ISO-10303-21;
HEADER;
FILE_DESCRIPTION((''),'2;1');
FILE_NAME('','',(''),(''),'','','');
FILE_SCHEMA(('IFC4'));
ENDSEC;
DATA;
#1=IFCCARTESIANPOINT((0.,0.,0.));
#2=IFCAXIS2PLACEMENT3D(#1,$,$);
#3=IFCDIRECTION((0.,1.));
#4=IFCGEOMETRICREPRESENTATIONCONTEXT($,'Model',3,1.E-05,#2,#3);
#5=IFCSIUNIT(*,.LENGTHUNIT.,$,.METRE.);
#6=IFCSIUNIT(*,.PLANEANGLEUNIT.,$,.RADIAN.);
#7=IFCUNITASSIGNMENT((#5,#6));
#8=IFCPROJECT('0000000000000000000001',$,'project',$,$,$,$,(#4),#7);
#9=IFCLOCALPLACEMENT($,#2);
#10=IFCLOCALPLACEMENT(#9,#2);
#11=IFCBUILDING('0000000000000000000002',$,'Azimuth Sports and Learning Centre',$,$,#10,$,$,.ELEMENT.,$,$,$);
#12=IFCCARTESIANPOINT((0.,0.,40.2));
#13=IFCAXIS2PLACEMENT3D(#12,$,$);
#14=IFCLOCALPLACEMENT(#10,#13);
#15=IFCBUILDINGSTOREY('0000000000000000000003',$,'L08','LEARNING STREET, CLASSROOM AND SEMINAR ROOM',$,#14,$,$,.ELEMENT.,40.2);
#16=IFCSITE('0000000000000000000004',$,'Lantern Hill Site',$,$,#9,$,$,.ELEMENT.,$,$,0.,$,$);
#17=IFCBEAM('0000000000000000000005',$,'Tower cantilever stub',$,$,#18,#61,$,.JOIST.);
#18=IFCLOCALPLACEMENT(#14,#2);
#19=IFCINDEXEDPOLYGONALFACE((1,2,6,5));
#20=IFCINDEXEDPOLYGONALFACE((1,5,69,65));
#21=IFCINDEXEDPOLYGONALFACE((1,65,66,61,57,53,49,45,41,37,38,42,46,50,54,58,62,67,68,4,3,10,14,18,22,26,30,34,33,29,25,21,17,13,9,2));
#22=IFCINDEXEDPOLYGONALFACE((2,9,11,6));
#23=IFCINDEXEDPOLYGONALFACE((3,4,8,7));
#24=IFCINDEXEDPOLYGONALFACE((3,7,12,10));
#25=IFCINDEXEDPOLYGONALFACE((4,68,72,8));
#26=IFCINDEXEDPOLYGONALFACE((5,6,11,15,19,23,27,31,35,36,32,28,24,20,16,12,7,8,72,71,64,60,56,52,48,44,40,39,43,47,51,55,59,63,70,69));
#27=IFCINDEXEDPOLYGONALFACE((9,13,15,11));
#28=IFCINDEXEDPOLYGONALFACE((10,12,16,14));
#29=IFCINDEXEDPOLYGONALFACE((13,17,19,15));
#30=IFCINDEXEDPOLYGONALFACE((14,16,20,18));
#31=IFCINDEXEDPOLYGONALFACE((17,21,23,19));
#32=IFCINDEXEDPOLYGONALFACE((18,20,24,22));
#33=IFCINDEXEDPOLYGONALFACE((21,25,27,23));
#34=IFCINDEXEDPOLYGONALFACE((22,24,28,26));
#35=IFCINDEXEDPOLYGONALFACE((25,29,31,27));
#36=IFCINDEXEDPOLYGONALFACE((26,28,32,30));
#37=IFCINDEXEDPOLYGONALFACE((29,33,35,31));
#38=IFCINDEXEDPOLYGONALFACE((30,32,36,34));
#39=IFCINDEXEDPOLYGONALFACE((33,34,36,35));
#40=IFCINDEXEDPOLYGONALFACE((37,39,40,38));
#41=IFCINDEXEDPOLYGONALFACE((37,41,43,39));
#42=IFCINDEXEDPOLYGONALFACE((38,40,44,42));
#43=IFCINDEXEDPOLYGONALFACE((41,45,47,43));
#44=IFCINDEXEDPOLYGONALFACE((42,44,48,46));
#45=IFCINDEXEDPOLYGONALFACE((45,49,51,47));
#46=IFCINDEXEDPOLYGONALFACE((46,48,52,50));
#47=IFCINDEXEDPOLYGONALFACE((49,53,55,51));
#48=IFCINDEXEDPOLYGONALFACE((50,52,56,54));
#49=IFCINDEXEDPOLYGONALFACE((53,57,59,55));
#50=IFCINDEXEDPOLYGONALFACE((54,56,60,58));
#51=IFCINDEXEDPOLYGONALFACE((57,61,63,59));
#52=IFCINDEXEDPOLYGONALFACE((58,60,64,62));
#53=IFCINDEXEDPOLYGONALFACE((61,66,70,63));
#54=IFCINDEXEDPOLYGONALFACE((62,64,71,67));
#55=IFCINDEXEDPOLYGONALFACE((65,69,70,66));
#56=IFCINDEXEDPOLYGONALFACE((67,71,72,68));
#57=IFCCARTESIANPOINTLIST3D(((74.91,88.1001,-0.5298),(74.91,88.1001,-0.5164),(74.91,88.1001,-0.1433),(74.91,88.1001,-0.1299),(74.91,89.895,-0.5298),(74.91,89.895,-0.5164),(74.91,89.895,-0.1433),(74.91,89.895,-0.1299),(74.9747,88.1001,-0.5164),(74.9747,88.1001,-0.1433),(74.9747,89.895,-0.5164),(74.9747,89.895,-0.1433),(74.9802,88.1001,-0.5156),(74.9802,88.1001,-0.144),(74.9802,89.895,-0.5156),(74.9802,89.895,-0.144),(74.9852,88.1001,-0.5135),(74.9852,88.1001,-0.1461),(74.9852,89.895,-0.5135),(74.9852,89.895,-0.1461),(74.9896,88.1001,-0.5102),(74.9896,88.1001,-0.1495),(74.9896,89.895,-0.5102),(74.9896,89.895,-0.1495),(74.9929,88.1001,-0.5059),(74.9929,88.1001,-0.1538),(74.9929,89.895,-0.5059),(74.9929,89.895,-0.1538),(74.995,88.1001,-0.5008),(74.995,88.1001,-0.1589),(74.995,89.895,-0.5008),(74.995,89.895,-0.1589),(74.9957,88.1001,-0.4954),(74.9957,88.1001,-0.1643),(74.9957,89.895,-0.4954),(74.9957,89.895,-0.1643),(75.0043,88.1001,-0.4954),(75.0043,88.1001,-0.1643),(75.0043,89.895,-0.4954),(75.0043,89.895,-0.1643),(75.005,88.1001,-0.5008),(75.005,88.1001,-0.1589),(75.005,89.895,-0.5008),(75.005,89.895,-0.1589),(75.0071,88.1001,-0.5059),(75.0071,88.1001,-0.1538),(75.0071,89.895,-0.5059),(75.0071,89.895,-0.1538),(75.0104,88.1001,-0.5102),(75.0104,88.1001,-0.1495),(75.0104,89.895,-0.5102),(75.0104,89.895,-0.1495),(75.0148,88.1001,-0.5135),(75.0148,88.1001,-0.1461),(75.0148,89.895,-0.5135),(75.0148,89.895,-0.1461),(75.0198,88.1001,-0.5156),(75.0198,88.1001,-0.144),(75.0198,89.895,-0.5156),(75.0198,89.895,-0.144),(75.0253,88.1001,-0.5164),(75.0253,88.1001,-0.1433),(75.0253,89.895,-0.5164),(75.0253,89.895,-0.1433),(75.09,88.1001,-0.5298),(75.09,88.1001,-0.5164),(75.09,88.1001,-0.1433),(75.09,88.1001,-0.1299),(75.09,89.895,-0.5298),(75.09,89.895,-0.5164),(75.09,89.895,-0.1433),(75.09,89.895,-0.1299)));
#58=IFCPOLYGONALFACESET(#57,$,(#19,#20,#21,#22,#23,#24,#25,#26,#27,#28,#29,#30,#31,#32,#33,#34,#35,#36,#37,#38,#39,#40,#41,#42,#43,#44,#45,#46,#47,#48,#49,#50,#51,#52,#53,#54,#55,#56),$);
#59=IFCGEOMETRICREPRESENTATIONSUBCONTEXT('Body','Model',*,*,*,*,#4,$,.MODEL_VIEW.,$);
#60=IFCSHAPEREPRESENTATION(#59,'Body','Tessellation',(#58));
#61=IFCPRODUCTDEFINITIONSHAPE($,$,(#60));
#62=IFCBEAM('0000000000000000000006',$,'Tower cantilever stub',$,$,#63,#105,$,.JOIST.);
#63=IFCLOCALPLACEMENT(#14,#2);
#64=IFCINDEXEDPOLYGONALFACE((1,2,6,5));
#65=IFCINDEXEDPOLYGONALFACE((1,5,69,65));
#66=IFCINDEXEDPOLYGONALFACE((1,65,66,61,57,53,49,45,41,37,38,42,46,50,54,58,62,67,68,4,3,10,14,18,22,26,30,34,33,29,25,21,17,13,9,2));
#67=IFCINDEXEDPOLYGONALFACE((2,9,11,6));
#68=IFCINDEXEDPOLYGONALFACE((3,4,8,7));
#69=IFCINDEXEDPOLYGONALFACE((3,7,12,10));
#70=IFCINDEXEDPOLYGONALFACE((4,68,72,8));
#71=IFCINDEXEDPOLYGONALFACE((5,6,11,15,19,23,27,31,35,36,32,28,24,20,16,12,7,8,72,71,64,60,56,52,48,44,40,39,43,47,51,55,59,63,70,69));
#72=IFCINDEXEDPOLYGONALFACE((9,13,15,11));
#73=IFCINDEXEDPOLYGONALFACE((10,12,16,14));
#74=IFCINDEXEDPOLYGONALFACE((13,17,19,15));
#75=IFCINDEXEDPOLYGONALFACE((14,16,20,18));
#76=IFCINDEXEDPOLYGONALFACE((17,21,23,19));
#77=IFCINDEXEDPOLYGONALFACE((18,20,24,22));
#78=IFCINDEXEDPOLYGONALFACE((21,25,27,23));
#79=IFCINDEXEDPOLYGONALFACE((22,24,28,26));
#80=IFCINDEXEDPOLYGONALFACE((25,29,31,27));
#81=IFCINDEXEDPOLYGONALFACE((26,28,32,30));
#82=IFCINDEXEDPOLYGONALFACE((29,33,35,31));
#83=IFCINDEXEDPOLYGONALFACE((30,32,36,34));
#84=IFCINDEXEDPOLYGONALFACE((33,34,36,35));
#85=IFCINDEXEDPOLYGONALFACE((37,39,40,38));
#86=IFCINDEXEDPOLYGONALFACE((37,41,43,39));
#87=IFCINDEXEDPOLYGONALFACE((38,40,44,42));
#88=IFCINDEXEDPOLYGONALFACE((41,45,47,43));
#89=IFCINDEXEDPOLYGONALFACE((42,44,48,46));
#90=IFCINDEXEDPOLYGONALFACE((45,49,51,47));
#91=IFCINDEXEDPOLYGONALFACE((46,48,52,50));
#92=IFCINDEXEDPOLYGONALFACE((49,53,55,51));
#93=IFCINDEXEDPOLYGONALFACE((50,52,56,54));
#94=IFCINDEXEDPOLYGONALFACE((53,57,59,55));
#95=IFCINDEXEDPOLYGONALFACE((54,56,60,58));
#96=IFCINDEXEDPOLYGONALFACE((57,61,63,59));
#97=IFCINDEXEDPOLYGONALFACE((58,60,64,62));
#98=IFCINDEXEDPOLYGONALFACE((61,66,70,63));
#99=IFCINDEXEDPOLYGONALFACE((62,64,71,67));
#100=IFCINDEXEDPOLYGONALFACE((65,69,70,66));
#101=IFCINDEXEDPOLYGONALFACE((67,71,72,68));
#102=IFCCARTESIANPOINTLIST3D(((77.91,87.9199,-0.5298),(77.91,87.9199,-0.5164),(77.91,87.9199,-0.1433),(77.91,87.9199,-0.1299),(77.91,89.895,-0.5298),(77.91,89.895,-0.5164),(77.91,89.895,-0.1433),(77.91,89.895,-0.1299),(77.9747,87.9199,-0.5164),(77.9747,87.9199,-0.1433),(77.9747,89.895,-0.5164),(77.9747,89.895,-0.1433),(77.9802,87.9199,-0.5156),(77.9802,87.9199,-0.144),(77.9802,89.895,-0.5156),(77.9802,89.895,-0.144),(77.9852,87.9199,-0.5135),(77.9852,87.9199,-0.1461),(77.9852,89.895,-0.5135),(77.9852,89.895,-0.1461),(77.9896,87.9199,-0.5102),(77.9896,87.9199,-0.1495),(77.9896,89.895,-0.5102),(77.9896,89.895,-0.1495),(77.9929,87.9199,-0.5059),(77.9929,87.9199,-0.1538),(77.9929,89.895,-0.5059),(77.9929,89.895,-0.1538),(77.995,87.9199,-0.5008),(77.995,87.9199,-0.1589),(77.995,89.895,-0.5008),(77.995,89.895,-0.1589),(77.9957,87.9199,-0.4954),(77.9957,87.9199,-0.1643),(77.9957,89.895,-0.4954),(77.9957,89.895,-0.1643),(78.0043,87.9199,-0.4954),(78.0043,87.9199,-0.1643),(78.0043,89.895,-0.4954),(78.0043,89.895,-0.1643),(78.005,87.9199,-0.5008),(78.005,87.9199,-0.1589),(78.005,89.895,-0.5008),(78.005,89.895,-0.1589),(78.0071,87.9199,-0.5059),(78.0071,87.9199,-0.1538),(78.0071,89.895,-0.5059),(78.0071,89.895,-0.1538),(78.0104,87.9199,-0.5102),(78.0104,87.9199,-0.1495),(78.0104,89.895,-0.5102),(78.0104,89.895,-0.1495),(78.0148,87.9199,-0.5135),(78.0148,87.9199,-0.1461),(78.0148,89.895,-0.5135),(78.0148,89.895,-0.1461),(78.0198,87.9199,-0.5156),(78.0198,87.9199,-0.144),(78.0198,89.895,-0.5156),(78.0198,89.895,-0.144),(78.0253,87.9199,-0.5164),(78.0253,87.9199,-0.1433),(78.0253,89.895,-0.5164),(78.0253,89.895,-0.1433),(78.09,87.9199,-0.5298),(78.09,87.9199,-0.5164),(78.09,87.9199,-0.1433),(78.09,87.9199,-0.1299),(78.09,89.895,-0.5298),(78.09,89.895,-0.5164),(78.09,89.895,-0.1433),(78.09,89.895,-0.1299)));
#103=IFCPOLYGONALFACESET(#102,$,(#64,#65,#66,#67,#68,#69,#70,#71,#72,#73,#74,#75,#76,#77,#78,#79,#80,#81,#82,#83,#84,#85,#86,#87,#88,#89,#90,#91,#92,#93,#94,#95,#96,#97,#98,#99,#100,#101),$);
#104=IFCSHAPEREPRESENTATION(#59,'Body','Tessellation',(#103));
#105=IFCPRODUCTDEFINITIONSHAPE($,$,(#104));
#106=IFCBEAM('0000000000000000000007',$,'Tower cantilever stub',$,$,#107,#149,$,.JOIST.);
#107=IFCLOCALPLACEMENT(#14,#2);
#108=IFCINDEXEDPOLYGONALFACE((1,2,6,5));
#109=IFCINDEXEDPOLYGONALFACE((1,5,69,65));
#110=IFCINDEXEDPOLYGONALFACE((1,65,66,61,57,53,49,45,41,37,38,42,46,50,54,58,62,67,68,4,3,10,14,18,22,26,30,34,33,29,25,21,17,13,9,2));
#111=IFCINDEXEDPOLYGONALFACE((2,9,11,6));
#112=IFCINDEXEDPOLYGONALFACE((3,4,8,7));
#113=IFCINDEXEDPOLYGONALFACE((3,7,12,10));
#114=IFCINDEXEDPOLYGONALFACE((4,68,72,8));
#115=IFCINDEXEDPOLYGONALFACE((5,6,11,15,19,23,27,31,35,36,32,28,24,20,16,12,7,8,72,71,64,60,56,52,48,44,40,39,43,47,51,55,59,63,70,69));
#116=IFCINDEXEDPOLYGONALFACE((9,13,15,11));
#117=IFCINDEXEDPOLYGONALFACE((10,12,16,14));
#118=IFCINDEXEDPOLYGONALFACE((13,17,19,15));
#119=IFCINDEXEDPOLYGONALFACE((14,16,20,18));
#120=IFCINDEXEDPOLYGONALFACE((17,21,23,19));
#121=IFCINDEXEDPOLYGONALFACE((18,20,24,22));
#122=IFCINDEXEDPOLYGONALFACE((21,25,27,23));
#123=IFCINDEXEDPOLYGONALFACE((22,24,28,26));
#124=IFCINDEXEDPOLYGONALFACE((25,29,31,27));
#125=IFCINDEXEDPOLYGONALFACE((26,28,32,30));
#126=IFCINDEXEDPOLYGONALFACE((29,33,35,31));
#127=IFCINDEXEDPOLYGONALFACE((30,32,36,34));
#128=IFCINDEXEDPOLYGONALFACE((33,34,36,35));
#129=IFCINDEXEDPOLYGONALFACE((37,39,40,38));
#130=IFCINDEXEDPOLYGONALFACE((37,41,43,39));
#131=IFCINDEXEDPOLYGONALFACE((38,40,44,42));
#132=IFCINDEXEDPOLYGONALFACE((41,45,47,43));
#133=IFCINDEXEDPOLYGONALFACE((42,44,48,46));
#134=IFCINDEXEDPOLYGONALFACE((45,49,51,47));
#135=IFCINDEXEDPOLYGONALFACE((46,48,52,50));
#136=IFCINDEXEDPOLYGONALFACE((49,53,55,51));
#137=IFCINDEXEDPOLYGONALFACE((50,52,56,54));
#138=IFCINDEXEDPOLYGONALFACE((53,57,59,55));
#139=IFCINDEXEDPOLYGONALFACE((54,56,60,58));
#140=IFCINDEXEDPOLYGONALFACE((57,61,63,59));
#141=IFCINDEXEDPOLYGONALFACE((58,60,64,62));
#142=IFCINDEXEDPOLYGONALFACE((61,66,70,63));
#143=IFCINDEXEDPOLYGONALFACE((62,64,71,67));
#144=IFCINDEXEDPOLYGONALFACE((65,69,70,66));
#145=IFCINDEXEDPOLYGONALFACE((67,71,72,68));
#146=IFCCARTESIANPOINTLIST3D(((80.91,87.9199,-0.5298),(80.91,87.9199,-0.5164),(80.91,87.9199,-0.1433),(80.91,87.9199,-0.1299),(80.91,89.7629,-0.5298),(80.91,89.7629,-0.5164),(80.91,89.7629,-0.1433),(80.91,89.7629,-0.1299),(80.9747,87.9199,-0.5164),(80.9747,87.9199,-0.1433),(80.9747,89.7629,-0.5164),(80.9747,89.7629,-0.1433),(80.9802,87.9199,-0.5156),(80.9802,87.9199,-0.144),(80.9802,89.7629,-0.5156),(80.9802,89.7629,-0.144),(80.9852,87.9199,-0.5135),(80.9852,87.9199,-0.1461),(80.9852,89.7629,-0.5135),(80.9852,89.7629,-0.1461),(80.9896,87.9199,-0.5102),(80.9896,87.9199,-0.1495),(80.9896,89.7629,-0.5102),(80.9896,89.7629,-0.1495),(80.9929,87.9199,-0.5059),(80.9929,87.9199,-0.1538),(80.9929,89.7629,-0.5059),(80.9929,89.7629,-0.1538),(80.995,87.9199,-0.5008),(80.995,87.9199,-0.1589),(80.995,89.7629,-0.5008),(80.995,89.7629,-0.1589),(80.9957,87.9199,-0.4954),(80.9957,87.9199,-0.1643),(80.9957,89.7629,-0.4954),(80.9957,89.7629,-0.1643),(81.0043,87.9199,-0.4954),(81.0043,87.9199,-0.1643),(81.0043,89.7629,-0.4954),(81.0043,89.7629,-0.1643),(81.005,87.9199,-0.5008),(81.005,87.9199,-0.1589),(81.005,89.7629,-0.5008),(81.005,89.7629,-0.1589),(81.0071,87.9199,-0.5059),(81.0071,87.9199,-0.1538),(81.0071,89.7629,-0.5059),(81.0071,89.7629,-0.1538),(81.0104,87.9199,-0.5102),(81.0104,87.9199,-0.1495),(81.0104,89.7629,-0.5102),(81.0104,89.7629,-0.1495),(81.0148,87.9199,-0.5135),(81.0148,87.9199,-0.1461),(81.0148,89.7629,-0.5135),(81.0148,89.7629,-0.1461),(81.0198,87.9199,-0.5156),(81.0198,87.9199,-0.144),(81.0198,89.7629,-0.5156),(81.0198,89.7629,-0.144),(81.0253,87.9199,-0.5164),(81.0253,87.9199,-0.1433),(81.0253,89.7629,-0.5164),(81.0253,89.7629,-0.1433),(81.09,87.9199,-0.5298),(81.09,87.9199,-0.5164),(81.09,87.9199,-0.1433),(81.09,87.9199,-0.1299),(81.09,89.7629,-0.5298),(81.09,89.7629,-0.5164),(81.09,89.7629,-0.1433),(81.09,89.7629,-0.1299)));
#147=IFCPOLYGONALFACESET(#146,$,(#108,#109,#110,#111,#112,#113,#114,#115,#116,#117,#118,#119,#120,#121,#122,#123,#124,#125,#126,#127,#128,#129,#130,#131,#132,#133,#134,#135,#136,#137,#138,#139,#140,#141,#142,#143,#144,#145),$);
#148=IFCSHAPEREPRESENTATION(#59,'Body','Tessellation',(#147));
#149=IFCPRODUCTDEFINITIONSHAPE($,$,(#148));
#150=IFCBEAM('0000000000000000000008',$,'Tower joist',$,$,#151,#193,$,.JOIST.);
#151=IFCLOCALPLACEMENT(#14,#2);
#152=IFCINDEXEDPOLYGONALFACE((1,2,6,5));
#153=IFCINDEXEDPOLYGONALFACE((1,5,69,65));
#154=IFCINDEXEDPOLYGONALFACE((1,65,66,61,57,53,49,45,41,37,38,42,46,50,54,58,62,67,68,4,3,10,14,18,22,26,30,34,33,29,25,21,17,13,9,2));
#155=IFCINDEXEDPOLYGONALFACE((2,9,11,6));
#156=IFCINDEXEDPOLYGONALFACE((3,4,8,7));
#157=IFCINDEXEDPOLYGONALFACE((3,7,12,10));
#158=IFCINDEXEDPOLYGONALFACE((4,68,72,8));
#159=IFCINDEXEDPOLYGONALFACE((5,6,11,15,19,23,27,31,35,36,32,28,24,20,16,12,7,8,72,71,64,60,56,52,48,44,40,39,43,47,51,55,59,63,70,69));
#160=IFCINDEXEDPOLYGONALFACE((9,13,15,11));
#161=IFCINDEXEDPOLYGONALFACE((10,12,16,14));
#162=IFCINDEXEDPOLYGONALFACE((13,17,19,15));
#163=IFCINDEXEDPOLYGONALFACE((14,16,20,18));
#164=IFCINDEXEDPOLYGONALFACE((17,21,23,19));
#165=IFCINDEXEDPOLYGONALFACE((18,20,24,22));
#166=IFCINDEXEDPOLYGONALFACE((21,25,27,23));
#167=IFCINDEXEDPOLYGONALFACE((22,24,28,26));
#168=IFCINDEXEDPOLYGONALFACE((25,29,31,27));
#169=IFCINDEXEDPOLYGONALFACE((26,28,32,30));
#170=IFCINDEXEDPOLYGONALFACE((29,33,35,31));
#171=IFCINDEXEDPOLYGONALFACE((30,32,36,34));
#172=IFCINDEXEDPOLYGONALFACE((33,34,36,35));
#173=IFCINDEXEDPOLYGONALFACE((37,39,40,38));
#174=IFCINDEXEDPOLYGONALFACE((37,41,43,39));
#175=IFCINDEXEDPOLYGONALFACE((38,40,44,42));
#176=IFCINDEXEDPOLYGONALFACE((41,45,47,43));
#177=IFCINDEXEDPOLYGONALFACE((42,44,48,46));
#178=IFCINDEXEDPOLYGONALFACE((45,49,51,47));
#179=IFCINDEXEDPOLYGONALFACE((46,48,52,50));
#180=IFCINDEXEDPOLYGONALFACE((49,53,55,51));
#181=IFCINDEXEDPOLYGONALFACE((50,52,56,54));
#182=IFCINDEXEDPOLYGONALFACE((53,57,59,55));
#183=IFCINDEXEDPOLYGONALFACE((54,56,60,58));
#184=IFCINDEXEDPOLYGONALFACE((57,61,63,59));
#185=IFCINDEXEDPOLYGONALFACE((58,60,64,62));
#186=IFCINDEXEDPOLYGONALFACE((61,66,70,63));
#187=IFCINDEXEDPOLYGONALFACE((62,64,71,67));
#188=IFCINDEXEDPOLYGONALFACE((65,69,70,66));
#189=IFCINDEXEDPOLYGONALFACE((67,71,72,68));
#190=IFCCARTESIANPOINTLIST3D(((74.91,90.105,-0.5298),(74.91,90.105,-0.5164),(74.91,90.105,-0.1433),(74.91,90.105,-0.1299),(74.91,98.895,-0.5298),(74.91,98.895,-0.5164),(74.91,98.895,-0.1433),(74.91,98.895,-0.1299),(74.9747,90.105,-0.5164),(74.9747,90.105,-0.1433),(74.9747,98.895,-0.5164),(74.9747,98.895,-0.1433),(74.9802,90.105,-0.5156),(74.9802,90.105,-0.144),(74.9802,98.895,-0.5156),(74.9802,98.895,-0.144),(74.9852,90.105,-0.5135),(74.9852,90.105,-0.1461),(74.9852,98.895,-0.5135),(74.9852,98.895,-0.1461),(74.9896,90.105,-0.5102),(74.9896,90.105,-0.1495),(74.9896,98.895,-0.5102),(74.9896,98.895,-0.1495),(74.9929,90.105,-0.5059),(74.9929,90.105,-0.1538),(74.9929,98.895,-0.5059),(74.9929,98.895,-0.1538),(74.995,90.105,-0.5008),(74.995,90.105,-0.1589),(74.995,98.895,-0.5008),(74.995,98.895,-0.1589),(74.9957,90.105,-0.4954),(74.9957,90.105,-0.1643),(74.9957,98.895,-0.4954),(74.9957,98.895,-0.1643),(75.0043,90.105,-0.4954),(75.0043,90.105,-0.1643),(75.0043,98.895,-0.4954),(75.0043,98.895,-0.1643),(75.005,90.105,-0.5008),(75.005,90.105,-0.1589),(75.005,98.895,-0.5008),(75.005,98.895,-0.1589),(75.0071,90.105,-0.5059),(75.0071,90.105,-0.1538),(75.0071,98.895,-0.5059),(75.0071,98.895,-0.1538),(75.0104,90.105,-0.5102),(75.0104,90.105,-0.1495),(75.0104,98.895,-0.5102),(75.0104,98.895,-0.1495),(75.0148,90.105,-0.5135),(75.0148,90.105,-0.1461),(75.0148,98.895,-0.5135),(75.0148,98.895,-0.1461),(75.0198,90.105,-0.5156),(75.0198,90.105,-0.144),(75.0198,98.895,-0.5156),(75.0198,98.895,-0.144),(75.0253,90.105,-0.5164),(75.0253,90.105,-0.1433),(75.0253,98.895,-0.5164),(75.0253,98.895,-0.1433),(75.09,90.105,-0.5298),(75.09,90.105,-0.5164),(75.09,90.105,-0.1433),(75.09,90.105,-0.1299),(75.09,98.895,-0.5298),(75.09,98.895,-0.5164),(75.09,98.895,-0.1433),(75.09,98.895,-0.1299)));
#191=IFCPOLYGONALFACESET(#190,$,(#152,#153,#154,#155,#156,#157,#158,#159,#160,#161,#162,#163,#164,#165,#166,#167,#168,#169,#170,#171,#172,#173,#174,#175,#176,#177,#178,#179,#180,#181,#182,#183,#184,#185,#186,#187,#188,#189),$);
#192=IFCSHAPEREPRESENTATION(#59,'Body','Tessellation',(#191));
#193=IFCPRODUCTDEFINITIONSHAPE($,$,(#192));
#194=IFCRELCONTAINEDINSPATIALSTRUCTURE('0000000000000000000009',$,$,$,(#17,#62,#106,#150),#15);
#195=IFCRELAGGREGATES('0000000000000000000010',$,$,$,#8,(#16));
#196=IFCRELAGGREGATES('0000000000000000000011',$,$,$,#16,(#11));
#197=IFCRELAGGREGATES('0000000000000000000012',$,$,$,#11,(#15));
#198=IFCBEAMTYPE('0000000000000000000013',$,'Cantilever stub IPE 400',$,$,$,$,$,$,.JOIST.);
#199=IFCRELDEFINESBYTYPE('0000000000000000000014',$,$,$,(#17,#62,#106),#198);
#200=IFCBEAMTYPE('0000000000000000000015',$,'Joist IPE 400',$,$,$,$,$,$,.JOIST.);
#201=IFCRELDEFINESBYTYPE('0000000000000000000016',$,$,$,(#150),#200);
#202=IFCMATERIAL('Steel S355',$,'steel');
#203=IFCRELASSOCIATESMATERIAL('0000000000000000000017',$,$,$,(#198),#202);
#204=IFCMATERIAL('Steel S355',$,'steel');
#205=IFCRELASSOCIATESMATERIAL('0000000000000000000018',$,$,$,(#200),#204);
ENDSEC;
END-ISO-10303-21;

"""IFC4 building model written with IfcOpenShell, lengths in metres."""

from ifc_helpers import new_model, si_unit, direction, frame, origin, origin_2d, place, context, subcontext, project, spatial, i_section, extrude, material, material_profile, profile_set, type_object, element, save


model = new_model("IFC4")

# Units and contexts
model_context = context("Model", 3, precision=1e-05, world=origin(), true_north=direction((0.0, 1.0)))
body_context = subcontext(model_context, "Body", "Model", "MODEL_VIEW")
ifc_project = project(units=[si_unit("LENGTHUNIT", "METRE"), si_unit("PLANEANGLEUNIT", "RADIAN")], contexts=[model_context])

# Site, building, storey
site_placement = place(None, origin())
site = spatial("IfcSite", under=ifc_project, at=site_placement, Name="Lantern Hill Site", CompositionType="ELEMENT", RefElevation=0.0)
building_placement = place(site_placement, origin())
building = spatial("IfcBuilding", under=site, at=building_placement, Name="Azimuth Sports and Learning Centre", CompositionType="ELEMENT")
storey_placement = place(building_placement, frame((0.0, 0.0, 40.2)))
storey = spatial("IfcBuildingStorey", under=building, at=storey_placement, Name="L08", Description="LEARNING STREET, CLASSROOM AND SEMINAR ROOM", CompositionType="ELEMENT", Elevation=40.2)

# Beams
ifc_material_1 = material(Name="Steel S355", Category="steel")
ifc_material_profile_1 = material_profile(ifc_material_1, i_section(OverallWidth=0.1799, OverallDepth=0.3999, WebThickness=0.0085, FlangeThickness=0.0134, FilletRadius=0.021, at=origin_2d()), Name="IPE 400")
ifc_profile_set_1 = profile_set([ifc_material_profile_1], Name="Steel S355")
beam_type_1 = type_object("IfcBeamType", Name="Cantilever stub IPE 400", PredefinedType="JOIST", material=ifc_profile_set_1)
beam_1_placement = place(storey_placement, frame((75.0, 89.895, -0.3298), z_axis=(0.0, -1.0, 0.0), x_axis=(1.0, 0.0, 0.0)))
element("IfcBeam", 1, at=beam_1_placement, inside=storey, type_object=beam_type_1, Name="Tower cantilever stub", PredefinedType="JOIST", context=body_context, shape_type="SweptSolid", body=[
    extrude(i_section(OverallWidth=0.1799, OverallDepth=0.3999, WebThickness=0.0085, FlangeThickness=0.0134, FilletRadius=0.021, at=origin_2d()), origin(), (0.0, 0.0, 1.0), 1.7949),
])
beam_2_placement = place(storey_placement, frame((78.0, 89.895, -0.3298), z_axis=(0.0, -1.0, 0.0), x_axis=(1.0, 0.0, 0.0)))
element("IfcBeam", 2, at=beam_2_placement, inside=storey, type_object=beam_type_1, Name="Tower cantilever stub", PredefinedType="JOIST", context=body_context, shape_type="SweptSolid", body=[
    extrude(i_section(OverallWidth=0.1799, OverallDepth=0.3999, WebThickness=0.0085, FlangeThickness=0.0134, FilletRadius=0.021, at=origin_2d()), origin(), (0.0, 0.0, 1.0), 1.9751),
])
beam_3_placement = place(storey_placement, frame((81.0, 89.7629, -0.3298), z_axis=(0.0, -1.0, 0.0), x_axis=(1.0, 0.0, 0.0)))
element("IfcBeam", 3, at=beam_3_placement, inside=storey, type_object=beam_type_1, Name="Tower cantilever stub", PredefinedType="JOIST", context=body_context, shape_type="SweptSolid", body=[
    extrude(i_section(OverallWidth=0.1799, OverallDepth=0.3999, WebThickness=0.0085, FlangeThickness=0.0134, FilletRadius=0.021, at=origin_2d()), origin(), (0.0, 0.0, 1.0), 1.843),
])
ifc_material_2 = material(Name="Steel S355", Category="steel")
ifc_material_profile_2 = material_profile(ifc_material_2, i_section(OverallWidth=0.1799, OverallDepth=0.3999, WebThickness=0.0085, FlangeThickness=0.0134, FilletRadius=0.021, at=origin_2d()), Name="IPE 400")
ifc_profile_set_2 = profile_set([ifc_material_profile_2], Name="Steel S355")
beam_type_2 = type_object("IfcBeamType", Name="Joist IPE 400", PredefinedType="JOIST", material=ifc_profile_set_2)
for number, where, z_axis, x_axis, name in (
    (4, (75.0, 90.105, -0.3298), (0.0, 1.0, 0.0), (-1.0, 0.0, 0.0), "Tower joist"),
):
    element("IfcBeam", number, at=place(storey_placement, frame(where, z_axis=z_axis, x_axis=x_axis)), inside=storey, type_object=beam_type_2, Name=name, PredefinedType="JOIST", context=body_context, shape_type="SweptSolid", body=[
        extrude(i_section(OverallWidth=0.1799, OverallDepth=0.3999, WebThickness=0.0085, FlangeThickness=0.0134, FilletRadius=0.021, at=origin_2d()), origin(), (0.0, 0.0, 1.0), 8.79),
    ])

save(model, "model.ifc")
